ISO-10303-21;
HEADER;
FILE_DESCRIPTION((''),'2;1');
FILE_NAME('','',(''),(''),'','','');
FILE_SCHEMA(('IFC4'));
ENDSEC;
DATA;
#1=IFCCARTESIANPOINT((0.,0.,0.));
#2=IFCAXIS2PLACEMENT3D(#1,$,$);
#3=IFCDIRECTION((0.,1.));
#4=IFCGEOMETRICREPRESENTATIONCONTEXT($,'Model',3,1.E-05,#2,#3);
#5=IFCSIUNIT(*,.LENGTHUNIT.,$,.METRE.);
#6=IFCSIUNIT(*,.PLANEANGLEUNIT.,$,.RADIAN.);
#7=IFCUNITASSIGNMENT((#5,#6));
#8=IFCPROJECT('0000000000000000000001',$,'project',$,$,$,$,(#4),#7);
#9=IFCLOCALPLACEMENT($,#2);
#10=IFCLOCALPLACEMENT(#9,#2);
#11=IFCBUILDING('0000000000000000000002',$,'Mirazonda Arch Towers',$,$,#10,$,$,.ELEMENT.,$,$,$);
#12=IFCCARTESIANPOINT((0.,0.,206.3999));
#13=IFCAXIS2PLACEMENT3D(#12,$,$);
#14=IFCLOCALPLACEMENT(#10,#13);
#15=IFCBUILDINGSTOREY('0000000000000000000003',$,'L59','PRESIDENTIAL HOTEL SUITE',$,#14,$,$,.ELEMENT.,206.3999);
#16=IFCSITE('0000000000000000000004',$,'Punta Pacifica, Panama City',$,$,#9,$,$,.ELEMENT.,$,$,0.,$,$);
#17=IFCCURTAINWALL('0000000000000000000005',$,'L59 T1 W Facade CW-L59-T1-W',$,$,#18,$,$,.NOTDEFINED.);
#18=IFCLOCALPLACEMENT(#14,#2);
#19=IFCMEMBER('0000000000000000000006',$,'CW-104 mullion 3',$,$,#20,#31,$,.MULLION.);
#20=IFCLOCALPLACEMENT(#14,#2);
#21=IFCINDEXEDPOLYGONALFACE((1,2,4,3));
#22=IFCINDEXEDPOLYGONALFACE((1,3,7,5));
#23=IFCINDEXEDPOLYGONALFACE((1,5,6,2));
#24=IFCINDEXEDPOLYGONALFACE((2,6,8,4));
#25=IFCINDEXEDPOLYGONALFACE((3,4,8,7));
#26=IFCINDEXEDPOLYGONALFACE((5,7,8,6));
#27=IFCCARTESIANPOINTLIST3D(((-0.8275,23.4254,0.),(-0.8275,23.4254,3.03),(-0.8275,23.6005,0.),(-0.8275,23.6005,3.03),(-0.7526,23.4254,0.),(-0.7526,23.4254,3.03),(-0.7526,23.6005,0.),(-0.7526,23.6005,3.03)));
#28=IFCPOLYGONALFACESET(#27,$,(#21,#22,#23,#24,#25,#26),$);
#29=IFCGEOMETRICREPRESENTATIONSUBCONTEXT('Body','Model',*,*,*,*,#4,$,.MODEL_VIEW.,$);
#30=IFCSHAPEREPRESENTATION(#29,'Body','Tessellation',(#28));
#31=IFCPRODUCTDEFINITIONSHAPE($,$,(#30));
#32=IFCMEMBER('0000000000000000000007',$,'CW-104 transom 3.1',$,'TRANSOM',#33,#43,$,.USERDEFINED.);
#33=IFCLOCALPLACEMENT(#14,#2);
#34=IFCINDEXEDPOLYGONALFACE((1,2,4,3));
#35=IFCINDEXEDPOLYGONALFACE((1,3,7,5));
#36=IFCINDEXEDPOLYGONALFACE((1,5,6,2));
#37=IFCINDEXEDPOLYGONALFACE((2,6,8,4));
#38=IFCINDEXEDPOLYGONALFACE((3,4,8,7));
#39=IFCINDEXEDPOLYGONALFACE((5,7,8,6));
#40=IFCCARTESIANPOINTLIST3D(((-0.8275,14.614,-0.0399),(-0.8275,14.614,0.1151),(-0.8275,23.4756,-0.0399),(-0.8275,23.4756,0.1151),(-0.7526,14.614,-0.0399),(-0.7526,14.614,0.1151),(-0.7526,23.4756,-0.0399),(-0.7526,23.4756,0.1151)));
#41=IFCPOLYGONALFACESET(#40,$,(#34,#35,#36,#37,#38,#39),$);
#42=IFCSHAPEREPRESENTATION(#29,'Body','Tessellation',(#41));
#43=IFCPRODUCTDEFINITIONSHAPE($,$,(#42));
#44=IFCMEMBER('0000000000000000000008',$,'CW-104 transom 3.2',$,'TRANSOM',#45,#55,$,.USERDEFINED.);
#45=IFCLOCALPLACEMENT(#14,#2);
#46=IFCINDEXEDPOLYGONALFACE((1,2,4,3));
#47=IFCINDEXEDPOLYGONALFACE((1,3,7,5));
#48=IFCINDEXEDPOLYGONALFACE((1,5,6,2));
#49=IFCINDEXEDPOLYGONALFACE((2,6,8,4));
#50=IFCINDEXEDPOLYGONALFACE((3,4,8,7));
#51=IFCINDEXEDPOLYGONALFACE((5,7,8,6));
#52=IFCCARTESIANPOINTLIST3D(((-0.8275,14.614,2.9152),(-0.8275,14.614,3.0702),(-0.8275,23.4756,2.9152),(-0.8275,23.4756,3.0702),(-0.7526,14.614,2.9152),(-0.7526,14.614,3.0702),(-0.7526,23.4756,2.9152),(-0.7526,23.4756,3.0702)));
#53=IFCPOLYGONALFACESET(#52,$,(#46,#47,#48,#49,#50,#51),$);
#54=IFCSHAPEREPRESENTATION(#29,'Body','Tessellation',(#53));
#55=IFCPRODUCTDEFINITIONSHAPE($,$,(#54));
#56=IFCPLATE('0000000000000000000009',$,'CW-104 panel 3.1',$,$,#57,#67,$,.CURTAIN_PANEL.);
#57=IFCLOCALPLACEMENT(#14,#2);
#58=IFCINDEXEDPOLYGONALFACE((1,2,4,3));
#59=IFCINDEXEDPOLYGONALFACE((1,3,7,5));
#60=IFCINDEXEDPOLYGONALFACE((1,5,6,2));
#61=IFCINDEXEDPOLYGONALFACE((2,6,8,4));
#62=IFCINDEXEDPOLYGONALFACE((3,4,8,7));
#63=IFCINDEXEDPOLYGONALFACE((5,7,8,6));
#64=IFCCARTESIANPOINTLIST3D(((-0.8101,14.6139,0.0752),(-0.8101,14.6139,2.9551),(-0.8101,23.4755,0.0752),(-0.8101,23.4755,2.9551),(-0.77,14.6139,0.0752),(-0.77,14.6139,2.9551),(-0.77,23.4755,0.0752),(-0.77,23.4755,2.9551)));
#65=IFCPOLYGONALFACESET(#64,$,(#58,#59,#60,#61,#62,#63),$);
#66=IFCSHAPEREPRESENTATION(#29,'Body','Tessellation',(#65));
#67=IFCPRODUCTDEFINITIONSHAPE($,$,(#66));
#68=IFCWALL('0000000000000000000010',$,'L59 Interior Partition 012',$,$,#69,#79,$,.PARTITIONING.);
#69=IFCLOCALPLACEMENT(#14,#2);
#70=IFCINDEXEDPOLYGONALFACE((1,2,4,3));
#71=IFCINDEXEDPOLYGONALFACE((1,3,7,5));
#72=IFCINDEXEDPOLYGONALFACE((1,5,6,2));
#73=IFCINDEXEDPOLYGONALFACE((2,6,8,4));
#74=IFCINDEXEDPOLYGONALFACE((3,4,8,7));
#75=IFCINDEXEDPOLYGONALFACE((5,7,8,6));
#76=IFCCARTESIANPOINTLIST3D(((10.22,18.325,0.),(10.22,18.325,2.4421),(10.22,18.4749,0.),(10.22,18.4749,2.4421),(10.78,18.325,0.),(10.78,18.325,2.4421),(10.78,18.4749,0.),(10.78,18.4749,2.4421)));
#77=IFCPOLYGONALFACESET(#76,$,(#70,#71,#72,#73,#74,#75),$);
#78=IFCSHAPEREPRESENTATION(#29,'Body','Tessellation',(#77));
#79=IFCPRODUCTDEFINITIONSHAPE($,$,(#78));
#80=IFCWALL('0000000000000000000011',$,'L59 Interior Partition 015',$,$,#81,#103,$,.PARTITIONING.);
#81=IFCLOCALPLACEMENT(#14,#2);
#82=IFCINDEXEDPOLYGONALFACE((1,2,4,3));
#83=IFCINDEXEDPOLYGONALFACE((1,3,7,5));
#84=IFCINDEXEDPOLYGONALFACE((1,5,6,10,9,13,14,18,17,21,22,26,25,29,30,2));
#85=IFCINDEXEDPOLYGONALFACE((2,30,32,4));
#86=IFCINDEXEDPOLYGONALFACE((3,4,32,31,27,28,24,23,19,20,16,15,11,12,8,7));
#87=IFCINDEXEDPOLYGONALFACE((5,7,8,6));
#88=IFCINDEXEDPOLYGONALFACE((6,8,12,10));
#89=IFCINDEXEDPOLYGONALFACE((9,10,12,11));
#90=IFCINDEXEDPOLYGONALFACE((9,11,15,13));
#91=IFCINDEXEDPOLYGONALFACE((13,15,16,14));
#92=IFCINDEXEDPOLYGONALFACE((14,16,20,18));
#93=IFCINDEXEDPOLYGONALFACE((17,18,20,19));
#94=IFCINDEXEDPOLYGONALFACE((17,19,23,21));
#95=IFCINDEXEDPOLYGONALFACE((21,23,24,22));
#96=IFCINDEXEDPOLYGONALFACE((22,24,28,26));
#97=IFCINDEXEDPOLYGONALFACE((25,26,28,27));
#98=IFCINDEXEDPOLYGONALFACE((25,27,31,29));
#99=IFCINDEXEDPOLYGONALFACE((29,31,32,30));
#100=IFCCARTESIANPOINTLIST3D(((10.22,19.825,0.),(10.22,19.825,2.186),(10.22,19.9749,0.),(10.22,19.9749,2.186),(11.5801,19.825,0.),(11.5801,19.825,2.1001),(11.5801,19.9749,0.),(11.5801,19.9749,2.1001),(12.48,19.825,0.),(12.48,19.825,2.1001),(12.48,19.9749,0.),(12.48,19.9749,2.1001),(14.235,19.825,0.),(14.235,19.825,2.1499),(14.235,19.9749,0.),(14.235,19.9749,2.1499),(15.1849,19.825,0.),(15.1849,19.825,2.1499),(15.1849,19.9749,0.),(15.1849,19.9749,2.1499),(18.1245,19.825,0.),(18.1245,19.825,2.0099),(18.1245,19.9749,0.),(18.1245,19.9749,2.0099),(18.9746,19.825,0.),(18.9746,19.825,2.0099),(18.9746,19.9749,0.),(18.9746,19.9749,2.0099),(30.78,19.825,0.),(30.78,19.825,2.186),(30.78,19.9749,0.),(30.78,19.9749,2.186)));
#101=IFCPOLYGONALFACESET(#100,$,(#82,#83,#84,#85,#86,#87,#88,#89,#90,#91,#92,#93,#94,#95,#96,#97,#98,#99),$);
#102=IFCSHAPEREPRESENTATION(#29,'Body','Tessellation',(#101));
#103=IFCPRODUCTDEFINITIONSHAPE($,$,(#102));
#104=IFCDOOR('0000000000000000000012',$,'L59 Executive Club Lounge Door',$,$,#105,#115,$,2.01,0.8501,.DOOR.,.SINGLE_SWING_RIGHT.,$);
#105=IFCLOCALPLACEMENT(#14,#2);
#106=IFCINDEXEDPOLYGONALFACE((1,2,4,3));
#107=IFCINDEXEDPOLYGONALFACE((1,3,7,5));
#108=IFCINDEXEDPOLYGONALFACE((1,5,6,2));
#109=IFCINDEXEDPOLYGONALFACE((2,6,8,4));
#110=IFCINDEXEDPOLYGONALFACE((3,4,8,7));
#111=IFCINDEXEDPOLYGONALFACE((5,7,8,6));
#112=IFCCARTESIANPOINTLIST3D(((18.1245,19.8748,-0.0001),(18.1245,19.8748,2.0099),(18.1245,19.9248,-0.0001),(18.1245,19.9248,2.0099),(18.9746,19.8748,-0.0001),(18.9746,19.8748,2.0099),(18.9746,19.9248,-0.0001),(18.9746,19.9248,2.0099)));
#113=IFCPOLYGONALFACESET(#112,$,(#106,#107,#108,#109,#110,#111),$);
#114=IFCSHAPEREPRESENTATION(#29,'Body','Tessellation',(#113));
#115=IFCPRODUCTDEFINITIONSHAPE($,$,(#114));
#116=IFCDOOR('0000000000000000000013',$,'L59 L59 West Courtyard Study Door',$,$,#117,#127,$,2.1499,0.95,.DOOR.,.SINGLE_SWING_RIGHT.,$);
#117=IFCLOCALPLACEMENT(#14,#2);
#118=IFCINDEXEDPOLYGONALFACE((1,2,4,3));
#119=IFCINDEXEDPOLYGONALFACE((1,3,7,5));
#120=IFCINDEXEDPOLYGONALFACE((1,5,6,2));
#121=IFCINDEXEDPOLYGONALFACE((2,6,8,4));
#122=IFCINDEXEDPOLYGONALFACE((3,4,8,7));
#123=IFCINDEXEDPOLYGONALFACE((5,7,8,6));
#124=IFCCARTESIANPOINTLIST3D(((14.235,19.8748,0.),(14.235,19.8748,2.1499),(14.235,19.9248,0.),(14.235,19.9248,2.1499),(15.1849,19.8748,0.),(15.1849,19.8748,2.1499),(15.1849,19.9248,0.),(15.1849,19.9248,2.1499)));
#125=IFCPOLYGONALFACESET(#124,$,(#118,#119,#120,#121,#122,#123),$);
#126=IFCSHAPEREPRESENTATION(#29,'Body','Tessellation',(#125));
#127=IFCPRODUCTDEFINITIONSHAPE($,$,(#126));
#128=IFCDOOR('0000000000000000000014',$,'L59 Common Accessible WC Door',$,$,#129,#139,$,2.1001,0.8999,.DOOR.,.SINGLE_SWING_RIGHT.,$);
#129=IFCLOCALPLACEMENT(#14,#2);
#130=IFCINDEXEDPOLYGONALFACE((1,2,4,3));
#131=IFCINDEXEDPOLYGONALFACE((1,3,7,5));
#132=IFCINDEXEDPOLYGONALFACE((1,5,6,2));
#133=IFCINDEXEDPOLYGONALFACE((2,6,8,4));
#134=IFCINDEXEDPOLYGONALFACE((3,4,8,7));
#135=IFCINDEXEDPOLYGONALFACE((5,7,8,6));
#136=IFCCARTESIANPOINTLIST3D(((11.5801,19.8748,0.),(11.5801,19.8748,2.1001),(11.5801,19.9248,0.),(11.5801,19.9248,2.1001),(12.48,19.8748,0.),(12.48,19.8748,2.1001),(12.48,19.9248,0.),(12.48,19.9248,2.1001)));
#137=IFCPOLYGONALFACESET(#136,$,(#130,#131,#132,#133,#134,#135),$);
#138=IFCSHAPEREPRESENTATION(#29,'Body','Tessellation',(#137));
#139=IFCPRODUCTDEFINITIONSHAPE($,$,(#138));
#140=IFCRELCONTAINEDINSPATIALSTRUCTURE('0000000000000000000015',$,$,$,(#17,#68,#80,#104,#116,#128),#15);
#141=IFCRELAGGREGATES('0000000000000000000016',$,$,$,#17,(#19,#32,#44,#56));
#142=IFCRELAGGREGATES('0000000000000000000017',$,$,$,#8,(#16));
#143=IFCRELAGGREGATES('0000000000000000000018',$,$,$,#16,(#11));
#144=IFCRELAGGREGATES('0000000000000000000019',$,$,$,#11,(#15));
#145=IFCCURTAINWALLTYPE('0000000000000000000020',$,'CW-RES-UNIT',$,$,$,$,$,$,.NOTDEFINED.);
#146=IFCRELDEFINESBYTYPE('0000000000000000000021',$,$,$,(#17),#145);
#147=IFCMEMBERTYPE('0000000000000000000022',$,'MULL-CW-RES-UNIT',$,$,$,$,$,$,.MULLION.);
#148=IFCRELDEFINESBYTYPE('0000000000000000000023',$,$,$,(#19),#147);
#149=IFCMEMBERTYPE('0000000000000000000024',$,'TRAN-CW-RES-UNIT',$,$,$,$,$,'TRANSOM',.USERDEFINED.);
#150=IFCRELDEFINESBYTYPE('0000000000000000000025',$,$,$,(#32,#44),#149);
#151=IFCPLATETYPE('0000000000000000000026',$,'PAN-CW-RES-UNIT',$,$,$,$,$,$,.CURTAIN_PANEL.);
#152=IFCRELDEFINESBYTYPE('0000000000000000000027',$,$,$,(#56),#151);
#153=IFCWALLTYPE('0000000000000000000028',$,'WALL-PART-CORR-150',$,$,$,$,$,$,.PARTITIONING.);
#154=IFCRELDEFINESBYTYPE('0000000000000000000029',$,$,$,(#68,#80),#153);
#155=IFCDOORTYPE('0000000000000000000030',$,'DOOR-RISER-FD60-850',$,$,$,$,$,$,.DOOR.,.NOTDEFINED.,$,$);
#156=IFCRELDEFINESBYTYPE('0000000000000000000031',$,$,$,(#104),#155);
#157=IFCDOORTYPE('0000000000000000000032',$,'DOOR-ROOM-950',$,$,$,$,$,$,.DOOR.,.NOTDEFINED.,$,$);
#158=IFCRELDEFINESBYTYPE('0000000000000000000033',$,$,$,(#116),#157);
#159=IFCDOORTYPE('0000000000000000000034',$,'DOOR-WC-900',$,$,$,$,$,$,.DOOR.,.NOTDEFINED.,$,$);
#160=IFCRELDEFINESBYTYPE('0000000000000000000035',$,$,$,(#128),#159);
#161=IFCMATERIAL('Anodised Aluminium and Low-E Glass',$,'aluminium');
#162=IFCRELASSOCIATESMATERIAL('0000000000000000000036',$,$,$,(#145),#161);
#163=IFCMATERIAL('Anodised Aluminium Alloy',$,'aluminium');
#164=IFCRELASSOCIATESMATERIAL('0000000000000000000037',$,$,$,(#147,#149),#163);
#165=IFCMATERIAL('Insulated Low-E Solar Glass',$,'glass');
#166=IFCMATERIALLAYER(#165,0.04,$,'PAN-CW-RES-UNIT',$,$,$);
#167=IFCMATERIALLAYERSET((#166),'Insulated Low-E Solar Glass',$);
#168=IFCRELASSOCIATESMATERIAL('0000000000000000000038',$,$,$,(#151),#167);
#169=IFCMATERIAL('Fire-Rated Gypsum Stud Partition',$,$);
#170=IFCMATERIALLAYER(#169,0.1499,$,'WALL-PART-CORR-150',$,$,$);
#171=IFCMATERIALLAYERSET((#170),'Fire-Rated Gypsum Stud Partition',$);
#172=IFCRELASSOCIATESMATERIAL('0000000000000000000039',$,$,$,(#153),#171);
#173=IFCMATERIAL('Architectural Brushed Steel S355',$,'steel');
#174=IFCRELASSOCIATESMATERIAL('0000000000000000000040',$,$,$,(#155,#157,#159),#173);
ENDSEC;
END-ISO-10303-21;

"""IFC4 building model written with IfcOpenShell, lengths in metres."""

from ifc_helpers import new_model, si_unit, direction, frame, frame_2d, origin, origin_2d, place, context, subcontext, project, spatial, rectangle, extrude, material, layer, layer_set, material_profile, profile_set, type_object, element, fill, aggregate, save


model = new_model("IFC4")

# Units and contexts
model_context = context("Model", 3, precision=1e-05, world=origin(), true_north=direction((0.0, 1.0)))
body_context = subcontext(model_context, "Body", "Model", "MODEL_VIEW")
ifc_project = project(units=[si_unit("LENGTHUNIT", "METRE"), si_unit("PLANEANGLEUNIT", "RADIAN")], contexts=[model_context])

# Site, building, storey
site_placement = place(None, origin())
site = spatial("IfcSite", under=ifc_project, at=site_placement, Name="Punta Pacifica, Panama City", CompositionType="ELEMENT", RefElevation=0.0)
building_placement = place(site_placement, origin())
building = spatial("IfcBuilding", under=site, at=building_placement, Name="Mirazonda Arch Towers", CompositionType="ELEMENT")
storey_placement = place(building_placement, frame((0.0, 0.0, 206.3999)))
storey = spatial("IfcBuildingStorey", under=building, at=storey_placement, Name="L59", Description="PRESIDENTIAL HOTEL SUITE", CompositionType="ELEMENT", Elevation=206.3999)

# Curtain wall, members, plate
ifc_material_1 = material(Name="Anodised Aluminium and Low-E Glass", Category="aluminium")
curtain_wall_type = type_object("IfcCurtainWallType", Name="CW-RES-UNIT", PredefinedType="NOTDEFINED", material=ifc_material_1)
curtain_wall_placement = place(storey_placement, origin())
curtain_wall = element("IfcCurtainWall", 1, at=curtain_wall_placement, inside=storey, type_object=curtain_wall_type, Name="L59 T1 W Facade CW-L59-T1-W", PredefinedType="NOTDEFINED")
ifc_material_2 = material(Name="Anodised Aluminium Alloy", Category="aluminium")
ifc_material_profile_1 = material_profile(ifc_material_2, rectangle(XDim=0.075, YDim=0.175, at=origin_2d()), Name="ALU-MULL-75x175")
ifc_profile_set_1 = profile_set([ifc_material_profile_1], Name="Anodised Aluminium Alloy")
member_type_1 = type_object("IfcMemberType", Name="MULL-CW-RES-UNIT", PredefinedType="MULLION", material=ifc_profile_set_1)
member_1_placement = place(storey_placement, frame((-0.79, 23.5129, 0.0), z_axis=(0.0, 0.0, 1.0), x_axis=(1.0, 0.0, 0.0)))
member_1 = element("IfcMember", 2, at=member_1_placement, type_object=member_type_1, Name="CW-104 mullion 3", PredefinedType="MULLION", context=body_context, shape_type="SweptSolid", body=[
    extrude(rectangle(XDim=0.075, YDim=0.175, at=origin_2d()), origin(), (0.0, 0.0, 1.0), 3.03),
])
ifc_material_profile_2 = material_profile(ifc_material_2, rectangle(XDim=0.075, YDim=0.155, at=origin_2d()), Name="ALU-TRAN-75x155")
ifc_profile_set_2 = profile_set([ifc_material_profile_2], Name="Anodised Aluminium Alloy")
member_type_2 = type_object("IfcMemberType", Name="TRAN-CW-RES-UNIT", ElementType="TRANSOM", PredefinedType="USERDEFINED", material=ifc_profile_set_2)
member_2_placement = place(storey_placement, frame((-0.79, 23.4756, 0.0376), z_axis=(0.0, -1.0, 0.0), x_axis=(1.0, 0.0, 0.0)))
member_2 = element("IfcMember", 3, at=member_2_placement, type_object=member_type_2, Name="CW-104 transom 3.1", ObjectType="TRANSOM", PredefinedType="USERDEFINED", context=body_context, shape_type="SweptSolid", body=[
    extrude(rectangle(XDim=0.075, YDim=0.155, at=origin_2d()), origin(), (0.0, 0.0, 1.0), 8.8616),
])
member_3_placement = place(storey_placement, frame((-0.79, 23.4756, 2.9927), z_axis=(0.0, -1.0, 0.0), x_axis=(1.0, 0.0, 0.0)))
member_3 = element("IfcMember", 4, at=member_3_placement, type_object=member_type_2, Name="CW-104 transom 3.2", ObjectType="TRANSOM", PredefinedType="USERDEFINED", context=body_context, shape_type="SweptSolid", body=[
    extrude(rectangle(XDim=0.075, YDim=0.155, at=origin_2d()), origin(), (0.0, 0.0, 1.0), 8.8616),
])
ifc_material_3 = material(Name="Insulated Low-E Solar Glass", Category="glass")
ifc_layer_1 = layer(ifc_material_3, 0.04, Name="PAN-CW-RES-UNIT")
ifc_layer_set_1 = layer_set([ifc_layer_1], Name="Insulated Low-E Solar Glass")
plate_type = type_object("IfcPlateType", Name="PAN-CW-RES-UNIT", PredefinedType="CURTAIN_PANEL", material=ifc_layer_set_1)
plate_placement = place(storey_placement, frame((-0.79, 19.0447, 0.0752), z_axis=(0.0, 0.0, 1.0), x_axis=(0.0, -1.0, 0.0)))
plate = element("IfcPlate", 5, at=plate_placement, type_object=plate_type, Name="CW-104 panel 3.1", PredefinedType="CURTAIN_PANEL", context=body_context, shape_type="SweptSolid", body=[
    extrude(rectangle(XDim=8.8616, YDim=0.04, at=origin_2d()), origin(), (0.0, 0.0, 1.0), 2.8799),
])
aggregate(curtain_wall, [member_1, member_2, member_3, plate])

# Wall
ifc_material_4 = material(Name="Fire-Rated Gypsum Stud Partition")
ifc_layer_2 = layer(ifc_material_4, 0.1499, Name="WALL-PART-CORR-150")
ifc_layer_set_2 = layer_set([ifc_layer_2], Name="Fire-Rated Gypsum Stud Partition")
wall_type = type_object("IfcWallType", Name="WALL-PART-CORR-150", PredefinedType="PARTITIONING", material=ifc_layer_set_2)
wall_1_placement = place(storey_placement, frame((10.22, 18.3999, 0.0), z_axis=(0.0, 0.0, 1.0), x_axis=(1.0, 0.0, 0.0)))
element("IfcWall", 6, at=wall_1_placement, inside=storey, type_object=wall_type, Name="L59 Interior Partition 012", PredefinedType="PARTITIONING", context=body_context, shape_type="SweptSolid", body=[
    extrude(rectangle(XDim=0.5601, YDim=0.1499, at=frame_2d((0.28, 0.0))), origin(), (0.0, 0.0, 1.0), 2.4421),
])

# Wall, openings, doors
wall_2_placement = place(storey_placement, frame((10.22, 19.8999, 0.0), z_axis=(0.0, 0.0, 1.0), x_axis=(1.0, 0.0, 0.0)))
wall_2 = element("IfcWall", 7, at=wall_2_placement, inside=storey, type_object=wall_type, Name="L59 Interior Partition 015", PredefinedType="PARTITIONING", context=body_context, shape_type="SweptSolid", body=[
    extrude(rectangle(XDim=20.5601, YDim=0.1499, at=frame_2d((10.28, 0.0))), origin(), (0.0, 0.0, 1.0), 2.186),
])
opening_1_placement = place(wall_2_placement, frame((1.3601, 0.0, 0.0)))
opening_1 = element("IfcOpeningElement", 8, at=opening_1_placement, cuts=wall_2, PredefinedType="OPENING", context=body_context, shape_type="SweptSolid", body=[
    extrude(rectangle(XDim=0.8999, YDim=2.1001, at=frame_2d((0.45, 1.05))), frame((0.0, 0.085, 0.0), z_axis=(0.0, -1.0, 0.0), x_axis=(1.0, 0.0, 0.0)), (0.0, 0.0, 1.0), 0.1699),
])
opening_2_placement = place(wall_2_placement, frame((4.0149, 0.0, 0.0)))
opening_2 = element("IfcOpeningElement", 9, at=opening_2_placement, cuts=wall_2, PredefinedType="OPENING", context=body_context, shape_type="SweptSolid", body=[
    extrude(rectangle(XDim=0.95, YDim=2.1499, at=frame_2d((0.4751, 1.075))), frame((0.0, 0.085, 0.0), z_axis=(0.0, -1.0, 0.0), x_axis=(1.0, 0.0, 0.0)), (0.0, 0.0, 1.0), 0.1699),
])
opening_3_placement = place(wall_2_placement, frame((7.9045, 0.0, 0.0)))
opening_3 = element("IfcOpeningElement", 10, at=opening_3_placement, cuts=wall_2, PredefinedType="OPENING", context=body_context, shape_type="SweptSolid", body=[
    extrude(rectangle(XDim=0.8501, YDim=2.01, at=frame_2d((0.425, 1.0049))), frame((0.0, 0.085, 0.0), z_axis=(0.0, -1.0, 0.0), x_axis=(1.0, 0.0, 0.0)), (0.0, 0.0, 1.0), 0.1699),
])
ifc_material_5 = material(Name="Architectural Brushed Steel S355", Category="steel")
door_type_1 = type_object("IfcDoorType", Name="DOOR-RISER-FD60-850", OperationType="NOTDEFINED", PredefinedType="DOOR", material=ifc_material_5)
door_1_placement = place(opening_3_placement, origin())
door_1 = element("IfcDoor", 11, at=door_1_placement, inside=storey, type_object=door_type_1, Name="L59 Executive Club Lounge Door", OperationType="SINGLE_SWING_RIGHT", OverallHeight=2.01, OverallWidth=0.8501, PredefinedType="DOOR", context=body_context, shape_type="SweptSolid", body=[
    extrude(rectangle(XDim=0.8501, YDim=2.01, at=frame_2d((0.425, 1.0049))), frame((0.0, 0.0249, 0.0), z_axis=(0.0, -1.0, 0.0), x_axis=(1.0, 0.0, 0.0)), (0.0, 0.0, 1.0), 0.05),
])
fill(opening_3, door_1)
door_type_2 = type_object("IfcDoorType", Name="DOOR-ROOM-950", OperationType="NOTDEFINED", PredefinedType="DOOR", material=ifc_material_5)
door_2_placement = place(opening_2_placement, origin())
door_2 = element("IfcDoor", 12, at=door_2_placement, inside=storey, type_object=door_type_2, Name="L59 L59 West Courtyard Study Door", OperationType="SINGLE_SWING_RIGHT", OverallHeight=2.1499, OverallWidth=0.95, PredefinedType="DOOR", context=body_context, shape_type="SweptSolid", body=[
    extrude(rectangle(XDim=0.95, YDim=2.1499, at=frame_2d((0.4751, 1.075))), frame((0.0, 0.0249, 0.0), z_axis=(0.0, -1.0, 0.0), x_axis=(1.0, 0.0, 0.0)), (0.0, 0.0, 1.0), 0.05),
])
fill(opening_2, door_2)
door_type_3 = type_object("IfcDoorType", Name="DOOR-WC-900", OperationType="NOTDEFINED", PredefinedType="DOOR", material=ifc_material_5)
door_3_placement = place(opening_1_placement, origin())
door_3 = element("IfcDoor", 13, at=door_3_placement, inside=storey, type_object=door_type_3, Name="L59 Common Accessible WC Door", OperationType="SINGLE_SWING_RIGHT", OverallHeight=2.1001, OverallWidth=0.8999, PredefinedType="DOOR", context=body_context, shape_type="SweptSolid", body=[
    extrude(rectangle(XDim=0.8999, YDim=2.1001, at=frame_2d((0.45, 1.05))), frame((0.0, 0.0249, 0.0), z_axis=(0.0, -1.0, 0.0), x_axis=(1.0, 0.0, 0.0)), (0.0, 0.0, 1.0), 0.05),
])
fill(opening_1, door_3)

save(model, "model.ifc")
